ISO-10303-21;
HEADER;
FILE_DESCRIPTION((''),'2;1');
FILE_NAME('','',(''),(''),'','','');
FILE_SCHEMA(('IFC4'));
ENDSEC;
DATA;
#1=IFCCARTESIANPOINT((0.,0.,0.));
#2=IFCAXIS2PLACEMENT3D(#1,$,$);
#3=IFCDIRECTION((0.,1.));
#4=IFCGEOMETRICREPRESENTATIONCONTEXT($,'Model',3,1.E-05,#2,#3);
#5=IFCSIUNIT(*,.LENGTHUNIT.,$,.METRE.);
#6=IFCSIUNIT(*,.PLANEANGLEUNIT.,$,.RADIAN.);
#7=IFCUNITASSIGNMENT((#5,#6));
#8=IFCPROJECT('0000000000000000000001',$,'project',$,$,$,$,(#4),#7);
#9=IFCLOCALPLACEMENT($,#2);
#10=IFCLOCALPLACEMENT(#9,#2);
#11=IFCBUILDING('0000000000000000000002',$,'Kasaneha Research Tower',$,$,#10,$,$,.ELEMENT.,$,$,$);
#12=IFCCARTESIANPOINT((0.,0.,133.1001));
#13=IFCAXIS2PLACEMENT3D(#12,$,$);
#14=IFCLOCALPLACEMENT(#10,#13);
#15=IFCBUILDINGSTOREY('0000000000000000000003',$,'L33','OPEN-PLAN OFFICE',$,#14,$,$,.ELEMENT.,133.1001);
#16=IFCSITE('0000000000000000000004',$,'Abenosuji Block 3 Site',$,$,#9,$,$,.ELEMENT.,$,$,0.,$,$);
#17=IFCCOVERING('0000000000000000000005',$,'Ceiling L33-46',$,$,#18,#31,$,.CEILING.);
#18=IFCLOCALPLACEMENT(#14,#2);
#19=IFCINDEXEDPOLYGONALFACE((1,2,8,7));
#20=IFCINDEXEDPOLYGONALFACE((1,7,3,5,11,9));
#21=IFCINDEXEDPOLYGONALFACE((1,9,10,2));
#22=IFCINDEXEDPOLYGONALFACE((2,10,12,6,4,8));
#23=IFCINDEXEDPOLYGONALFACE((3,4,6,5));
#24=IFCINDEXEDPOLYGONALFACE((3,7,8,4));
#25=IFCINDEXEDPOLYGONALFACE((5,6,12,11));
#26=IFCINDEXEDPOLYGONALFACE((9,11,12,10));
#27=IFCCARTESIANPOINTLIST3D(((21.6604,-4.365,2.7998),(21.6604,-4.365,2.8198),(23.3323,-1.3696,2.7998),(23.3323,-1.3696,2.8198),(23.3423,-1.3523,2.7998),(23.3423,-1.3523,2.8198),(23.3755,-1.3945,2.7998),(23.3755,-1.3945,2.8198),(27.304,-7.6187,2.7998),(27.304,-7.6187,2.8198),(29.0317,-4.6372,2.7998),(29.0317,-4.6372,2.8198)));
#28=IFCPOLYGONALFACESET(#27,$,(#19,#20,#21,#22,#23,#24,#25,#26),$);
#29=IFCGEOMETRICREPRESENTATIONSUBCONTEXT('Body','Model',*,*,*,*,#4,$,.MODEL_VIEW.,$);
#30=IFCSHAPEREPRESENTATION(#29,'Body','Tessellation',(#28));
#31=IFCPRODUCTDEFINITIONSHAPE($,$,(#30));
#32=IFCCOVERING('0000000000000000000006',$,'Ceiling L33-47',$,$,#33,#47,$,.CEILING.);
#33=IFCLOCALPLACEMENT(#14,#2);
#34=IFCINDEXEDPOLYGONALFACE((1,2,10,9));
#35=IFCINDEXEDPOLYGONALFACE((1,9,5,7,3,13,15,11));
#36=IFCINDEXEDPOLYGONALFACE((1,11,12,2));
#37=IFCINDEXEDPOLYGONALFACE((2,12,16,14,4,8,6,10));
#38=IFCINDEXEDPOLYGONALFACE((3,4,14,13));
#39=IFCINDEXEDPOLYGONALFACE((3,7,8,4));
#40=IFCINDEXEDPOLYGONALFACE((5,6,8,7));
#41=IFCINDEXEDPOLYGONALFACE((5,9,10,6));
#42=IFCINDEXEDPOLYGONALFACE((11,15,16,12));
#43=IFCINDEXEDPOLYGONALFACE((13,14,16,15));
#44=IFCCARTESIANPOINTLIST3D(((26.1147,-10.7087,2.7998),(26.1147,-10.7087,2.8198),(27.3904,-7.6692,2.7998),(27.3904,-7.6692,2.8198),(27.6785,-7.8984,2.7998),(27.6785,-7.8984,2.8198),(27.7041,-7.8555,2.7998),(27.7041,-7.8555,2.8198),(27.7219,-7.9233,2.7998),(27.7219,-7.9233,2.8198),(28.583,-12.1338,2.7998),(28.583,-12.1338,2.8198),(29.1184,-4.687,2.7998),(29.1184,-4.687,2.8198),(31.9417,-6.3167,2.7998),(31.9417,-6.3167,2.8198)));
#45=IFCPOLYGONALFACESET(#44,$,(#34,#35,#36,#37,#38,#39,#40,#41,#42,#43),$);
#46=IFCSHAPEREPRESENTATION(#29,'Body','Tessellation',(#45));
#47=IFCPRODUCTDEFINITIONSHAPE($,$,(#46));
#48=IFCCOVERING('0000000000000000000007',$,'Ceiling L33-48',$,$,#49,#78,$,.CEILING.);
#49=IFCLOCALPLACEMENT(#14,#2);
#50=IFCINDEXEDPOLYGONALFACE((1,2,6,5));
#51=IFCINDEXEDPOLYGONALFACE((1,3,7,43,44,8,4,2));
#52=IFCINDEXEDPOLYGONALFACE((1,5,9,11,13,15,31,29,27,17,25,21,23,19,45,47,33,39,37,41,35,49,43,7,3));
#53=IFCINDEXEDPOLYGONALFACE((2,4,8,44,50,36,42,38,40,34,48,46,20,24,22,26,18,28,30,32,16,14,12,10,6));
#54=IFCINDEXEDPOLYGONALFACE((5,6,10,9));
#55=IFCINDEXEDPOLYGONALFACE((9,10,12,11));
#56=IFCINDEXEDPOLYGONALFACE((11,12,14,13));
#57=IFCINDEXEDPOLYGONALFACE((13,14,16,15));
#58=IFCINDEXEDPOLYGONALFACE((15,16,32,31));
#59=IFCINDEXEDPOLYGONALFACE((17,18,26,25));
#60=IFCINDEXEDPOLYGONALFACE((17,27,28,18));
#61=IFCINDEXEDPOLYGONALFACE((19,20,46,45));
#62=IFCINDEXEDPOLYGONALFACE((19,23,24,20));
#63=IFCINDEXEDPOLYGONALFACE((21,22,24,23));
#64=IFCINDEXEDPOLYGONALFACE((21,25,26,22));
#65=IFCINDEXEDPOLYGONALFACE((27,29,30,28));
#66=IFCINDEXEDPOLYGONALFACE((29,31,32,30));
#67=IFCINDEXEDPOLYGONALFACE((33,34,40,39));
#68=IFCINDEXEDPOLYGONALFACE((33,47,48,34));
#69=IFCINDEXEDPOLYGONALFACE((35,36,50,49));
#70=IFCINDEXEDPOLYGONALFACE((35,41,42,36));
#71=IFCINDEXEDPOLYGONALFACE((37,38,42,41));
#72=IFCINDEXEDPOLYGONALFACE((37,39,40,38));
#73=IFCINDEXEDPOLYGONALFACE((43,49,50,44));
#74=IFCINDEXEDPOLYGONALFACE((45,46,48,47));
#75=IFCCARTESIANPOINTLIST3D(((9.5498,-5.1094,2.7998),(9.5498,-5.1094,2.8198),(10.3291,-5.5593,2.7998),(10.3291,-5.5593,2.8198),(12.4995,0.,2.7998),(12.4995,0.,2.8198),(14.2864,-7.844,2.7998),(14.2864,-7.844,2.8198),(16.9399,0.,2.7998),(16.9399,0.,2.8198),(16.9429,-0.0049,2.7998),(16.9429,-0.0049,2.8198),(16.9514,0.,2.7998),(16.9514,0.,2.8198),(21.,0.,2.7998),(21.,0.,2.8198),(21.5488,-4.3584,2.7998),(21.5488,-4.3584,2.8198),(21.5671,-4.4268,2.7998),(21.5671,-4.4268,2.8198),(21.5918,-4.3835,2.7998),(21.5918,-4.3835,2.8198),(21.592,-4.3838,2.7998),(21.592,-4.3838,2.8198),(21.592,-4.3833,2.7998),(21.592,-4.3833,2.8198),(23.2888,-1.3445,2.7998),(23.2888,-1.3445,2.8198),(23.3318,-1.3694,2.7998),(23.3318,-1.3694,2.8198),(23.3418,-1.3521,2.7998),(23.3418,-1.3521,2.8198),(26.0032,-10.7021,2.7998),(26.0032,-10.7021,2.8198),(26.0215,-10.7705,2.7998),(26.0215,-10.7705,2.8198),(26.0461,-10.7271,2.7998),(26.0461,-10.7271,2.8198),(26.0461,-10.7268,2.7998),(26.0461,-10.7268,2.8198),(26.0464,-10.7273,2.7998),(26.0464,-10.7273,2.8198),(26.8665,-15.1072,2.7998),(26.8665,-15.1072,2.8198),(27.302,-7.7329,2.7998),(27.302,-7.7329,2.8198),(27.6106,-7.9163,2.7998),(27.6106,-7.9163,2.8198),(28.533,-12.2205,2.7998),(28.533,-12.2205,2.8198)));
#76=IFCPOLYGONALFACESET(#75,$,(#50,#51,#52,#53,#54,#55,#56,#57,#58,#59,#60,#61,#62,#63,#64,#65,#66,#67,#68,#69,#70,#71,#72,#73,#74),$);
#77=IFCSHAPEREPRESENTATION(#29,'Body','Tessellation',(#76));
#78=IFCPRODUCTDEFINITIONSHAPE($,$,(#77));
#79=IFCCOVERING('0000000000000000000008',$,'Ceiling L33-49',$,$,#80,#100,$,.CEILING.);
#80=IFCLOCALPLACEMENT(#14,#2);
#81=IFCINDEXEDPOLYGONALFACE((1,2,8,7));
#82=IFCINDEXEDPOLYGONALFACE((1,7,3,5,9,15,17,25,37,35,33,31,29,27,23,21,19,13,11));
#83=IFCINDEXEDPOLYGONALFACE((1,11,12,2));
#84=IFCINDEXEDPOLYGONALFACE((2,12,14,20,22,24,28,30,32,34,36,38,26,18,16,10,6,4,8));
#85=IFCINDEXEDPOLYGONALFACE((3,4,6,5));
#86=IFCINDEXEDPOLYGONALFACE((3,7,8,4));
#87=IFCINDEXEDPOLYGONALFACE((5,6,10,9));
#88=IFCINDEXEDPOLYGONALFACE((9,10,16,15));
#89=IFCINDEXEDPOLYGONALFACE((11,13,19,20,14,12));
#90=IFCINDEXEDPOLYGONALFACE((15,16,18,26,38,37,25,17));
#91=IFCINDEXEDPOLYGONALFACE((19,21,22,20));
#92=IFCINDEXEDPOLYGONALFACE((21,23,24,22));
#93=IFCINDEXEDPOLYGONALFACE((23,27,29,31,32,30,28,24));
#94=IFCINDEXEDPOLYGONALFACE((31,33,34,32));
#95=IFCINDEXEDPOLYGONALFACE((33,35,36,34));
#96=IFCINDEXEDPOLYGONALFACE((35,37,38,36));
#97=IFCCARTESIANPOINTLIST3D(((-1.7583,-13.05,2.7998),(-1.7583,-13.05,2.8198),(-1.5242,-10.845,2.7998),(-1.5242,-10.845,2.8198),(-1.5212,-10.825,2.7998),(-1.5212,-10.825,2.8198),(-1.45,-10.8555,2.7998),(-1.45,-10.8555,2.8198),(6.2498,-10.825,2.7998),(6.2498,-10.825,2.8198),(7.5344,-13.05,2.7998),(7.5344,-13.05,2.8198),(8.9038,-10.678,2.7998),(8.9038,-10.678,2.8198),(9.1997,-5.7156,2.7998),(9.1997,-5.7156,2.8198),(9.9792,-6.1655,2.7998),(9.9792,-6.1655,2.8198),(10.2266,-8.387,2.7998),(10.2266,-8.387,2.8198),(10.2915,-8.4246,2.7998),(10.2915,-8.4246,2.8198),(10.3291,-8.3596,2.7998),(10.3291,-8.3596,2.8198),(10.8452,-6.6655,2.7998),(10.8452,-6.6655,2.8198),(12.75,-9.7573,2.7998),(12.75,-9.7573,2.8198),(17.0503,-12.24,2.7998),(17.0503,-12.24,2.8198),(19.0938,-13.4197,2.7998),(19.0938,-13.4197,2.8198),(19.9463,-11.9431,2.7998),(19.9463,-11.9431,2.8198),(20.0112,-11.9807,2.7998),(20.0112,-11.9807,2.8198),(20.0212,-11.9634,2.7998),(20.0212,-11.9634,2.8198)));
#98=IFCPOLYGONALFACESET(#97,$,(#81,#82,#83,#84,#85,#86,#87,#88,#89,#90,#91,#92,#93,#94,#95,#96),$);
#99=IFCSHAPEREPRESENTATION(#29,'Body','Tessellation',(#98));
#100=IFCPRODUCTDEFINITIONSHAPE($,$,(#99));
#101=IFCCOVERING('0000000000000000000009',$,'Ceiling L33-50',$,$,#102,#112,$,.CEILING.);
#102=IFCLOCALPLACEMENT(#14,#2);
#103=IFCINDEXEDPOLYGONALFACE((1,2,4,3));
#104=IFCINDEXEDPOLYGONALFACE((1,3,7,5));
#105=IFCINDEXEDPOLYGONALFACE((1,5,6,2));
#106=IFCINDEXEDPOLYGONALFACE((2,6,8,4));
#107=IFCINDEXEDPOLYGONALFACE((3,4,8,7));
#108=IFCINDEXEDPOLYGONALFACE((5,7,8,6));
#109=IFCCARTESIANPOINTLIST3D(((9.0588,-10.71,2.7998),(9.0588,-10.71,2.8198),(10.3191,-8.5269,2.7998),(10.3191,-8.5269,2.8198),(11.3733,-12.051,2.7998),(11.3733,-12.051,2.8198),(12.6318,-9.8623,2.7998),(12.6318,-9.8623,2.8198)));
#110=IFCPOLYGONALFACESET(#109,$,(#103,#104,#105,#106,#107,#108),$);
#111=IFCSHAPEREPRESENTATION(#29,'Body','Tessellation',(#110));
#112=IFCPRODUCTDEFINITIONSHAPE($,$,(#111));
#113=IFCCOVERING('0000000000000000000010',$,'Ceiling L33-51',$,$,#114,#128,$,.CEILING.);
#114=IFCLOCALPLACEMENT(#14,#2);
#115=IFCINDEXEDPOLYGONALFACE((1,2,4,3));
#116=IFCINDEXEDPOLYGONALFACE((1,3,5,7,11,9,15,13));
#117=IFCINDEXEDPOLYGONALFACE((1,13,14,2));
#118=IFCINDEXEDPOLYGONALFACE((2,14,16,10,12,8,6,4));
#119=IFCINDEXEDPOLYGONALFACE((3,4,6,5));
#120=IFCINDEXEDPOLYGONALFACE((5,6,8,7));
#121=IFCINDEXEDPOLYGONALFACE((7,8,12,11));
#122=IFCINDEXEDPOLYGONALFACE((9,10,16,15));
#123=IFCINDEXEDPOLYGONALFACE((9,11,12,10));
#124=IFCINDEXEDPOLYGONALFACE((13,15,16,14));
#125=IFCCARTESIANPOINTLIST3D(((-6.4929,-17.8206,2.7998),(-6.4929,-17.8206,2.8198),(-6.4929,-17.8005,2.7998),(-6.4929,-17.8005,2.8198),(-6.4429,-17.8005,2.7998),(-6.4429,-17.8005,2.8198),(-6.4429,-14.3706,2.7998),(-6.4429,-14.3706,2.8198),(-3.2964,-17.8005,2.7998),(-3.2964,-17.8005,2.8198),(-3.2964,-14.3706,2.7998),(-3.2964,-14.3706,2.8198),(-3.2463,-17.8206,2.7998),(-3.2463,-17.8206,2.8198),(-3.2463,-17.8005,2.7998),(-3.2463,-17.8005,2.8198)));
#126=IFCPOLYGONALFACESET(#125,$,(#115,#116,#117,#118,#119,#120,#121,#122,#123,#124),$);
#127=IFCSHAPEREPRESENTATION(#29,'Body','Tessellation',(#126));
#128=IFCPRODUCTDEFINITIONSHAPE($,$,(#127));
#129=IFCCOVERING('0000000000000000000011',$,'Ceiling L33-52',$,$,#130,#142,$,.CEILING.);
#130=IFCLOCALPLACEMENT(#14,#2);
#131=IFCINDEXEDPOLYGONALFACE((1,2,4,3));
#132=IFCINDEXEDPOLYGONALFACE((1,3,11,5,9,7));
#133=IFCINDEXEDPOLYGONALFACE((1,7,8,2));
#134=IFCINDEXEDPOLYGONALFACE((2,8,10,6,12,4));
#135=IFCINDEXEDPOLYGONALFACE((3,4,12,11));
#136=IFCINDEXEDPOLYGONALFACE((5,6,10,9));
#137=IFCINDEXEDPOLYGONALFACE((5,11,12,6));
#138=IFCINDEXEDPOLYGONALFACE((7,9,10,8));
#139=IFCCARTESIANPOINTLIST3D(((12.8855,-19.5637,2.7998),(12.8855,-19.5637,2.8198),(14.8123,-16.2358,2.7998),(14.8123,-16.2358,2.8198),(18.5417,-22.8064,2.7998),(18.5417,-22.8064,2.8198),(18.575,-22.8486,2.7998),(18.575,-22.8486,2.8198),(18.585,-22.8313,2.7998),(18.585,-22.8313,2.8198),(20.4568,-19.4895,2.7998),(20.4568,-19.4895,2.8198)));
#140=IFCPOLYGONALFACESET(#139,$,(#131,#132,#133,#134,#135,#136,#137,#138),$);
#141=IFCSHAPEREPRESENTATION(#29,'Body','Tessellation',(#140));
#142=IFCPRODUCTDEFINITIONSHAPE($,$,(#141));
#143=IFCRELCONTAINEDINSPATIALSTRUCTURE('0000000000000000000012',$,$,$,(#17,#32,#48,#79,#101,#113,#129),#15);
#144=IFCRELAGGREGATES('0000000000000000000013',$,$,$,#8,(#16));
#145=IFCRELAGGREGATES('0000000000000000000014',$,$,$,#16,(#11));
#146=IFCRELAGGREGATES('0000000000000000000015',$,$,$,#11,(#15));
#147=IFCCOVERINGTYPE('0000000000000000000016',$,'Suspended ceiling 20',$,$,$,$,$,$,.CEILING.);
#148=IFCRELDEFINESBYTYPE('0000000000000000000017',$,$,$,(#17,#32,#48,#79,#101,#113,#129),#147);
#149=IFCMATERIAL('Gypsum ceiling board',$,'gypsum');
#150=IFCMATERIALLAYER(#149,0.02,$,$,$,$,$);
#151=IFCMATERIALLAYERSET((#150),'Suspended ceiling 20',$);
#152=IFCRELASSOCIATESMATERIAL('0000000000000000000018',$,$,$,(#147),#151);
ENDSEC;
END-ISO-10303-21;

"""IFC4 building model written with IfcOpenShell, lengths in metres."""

from ifc_helpers import new_model, si_unit, direction, frame, origin, place, context, subcontext, project, spatial, polyline, outline, extrude, material, layer, layer_set, type_object, element, save


model = new_model("IFC4")

# Units and contexts
model_context = context("Model", 3, precision=1e-05, world=origin(), true_north=direction((0.0, 1.0)))
body_context = subcontext(model_context, "Body", "Model", "MODEL_VIEW")
ifc_project = project(units=[si_unit("LENGTHUNIT", "METRE"), si_unit("PLANEANGLEUNIT", "RADIAN")], contexts=[model_context])

# Site, building, storey
site_placement = place(None, origin())
site = spatial("IfcSite", under=ifc_project, at=site_placement, Name="Abenosuji Block 3 Site", CompositionType="ELEMENT", RefElevation=0.0)
building_placement = place(site_placement, origin())
building = spatial("IfcBuilding", under=site, at=building_placement, Name="Kasaneha Research Tower", CompositionType="ELEMENT")
storey_placement = place(building_placement, frame((0.0, 0.0, 133.1001)))
storey = spatial("IfcBuildingStorey", under=building, at=storey_placement, Name="L33", Description="OPEN-PLAN OFFICE", CompositionType="ELEMENT", Elevation=133.1001)

# Coverings
ifc_material_1 = material(Name="Gypsum ceiling board", Category="gypsum")
ifc_layer_1 = layer(ifc_material_1, 0.02)
ifc_layer_set_1 = layer_set([ifc_layer_1], Name="Suspended ceiling 20")
covering_type_1 = type_object("IfcCoveringType", Name="Suspended ceiling 20", PredefinedType="CEILING", material=ifc_layer_set_1)
covering_1_placement = place(storey_placement, frame((0.0, 0.0, 2.7998)))
element("IfcCovering", 1, at=covering_1_placement, inside=storey, type_object=covering_type_1, Name="Ceiling L33-46", PredefinedType="CEILING", context=body_context, shape_type="SweptSolid", body=[
    extrude(outline(polyline([(29.0317, -4.6372), (27.304, -7.6187), (21.6604, -4.365), (23.3755, -1.3945), (23.3323, -1.3696), (23.3423, -1.3523), (29.0317, -4.6372)])), origin(), (0.0, 0.0, 1.0), 0.02),
])
covering_2_placement = place(storey_placement, frame((0.0, 0.0, 2.7998)))
element("IfcCovering", 2, at=covering_2_placement, inside=storey, type_object=covering_type_1, Name="Ceiling L33-47", PredefinedType="CEILING", context=body_context, shape_type="SweptSolid", body=[
    extrude(outline(polyline([(31.9417, -6.3167), (28.583, -12.1338), (26.1147, -10.7087), (27.7219, -7.9233), (27.6785, -7.8984), (27.7041, -7.8555), (27.3904, -7.6692), (29.1184, -4.687), (31.9417, -6.3167)])), origin(), (0.0, 0.0, 1.0), 0.02),
])
covering_3_placement = place(storey_placement, frame((0.0, 0.0, 2.7998)))
element("IfcCovering", 3, at=covering_3_placement, inside=storey, type_object=covering_type_1, Name="Ceiling L33-48", PredefinedType="CEILING", context=body_context, shape_type="SweptSolid", body=[
    extrude(outline(polyline([(9.5498, -5.1094), (12.4995, 0.0), (16.9399, 0.0), (16.9429, -0.0049), (16.9514, 0.0), (21.0, 0.0), (23.3418, -1.3521), (23.3318, -1.3694), (23.2888, -1.3445), (21.5488, -4.3584), (21.592, -4.3833), (21.5918, -4.3835), (21.592, -4.3838), (21.5671, -4.4268), (27.302, -7.7329), (27.302, -7.7329), (27.6106, -7.9163), (26.0032, -10.7021), (26.0461, -10.7268), (26.0461, -10.7271), (26.0464, -10.7273), (26.0215, -10.7705), (28.533, -12.2205), (26.8665, -15.1072), (14.2864, -7.844), (10.3291, -5.5593), (10.3291, -5.5593), (9.5498, -5.1094)])), origin(), (0.0, 0.0, 1.0), 0.02),
])
covering_4_placement = place(storey_placement, frame((0.0, 0.0, 2.7998)))
element("IfcCovering", 4, at=covering_4_placement, inside=storey, type_object=covering_type_1, Name="Ceiling L33-49", PredefinedType="CEILING", context=body_context, shape_type="SweptSolid", body=[
    extrude(outline(polyline([(10.2915, -8.4246), (10.2266, -8.387), (8.9038, -10.678), (8.9038, -10.678), (7.5344, -13.05), (-1.7583, -13.05), (-1.45, -10.8555), (-1.5242, -10.845), (-1.5212, -10.825), (6.2498, -10.825), (9.1997, -5.7156), (9.9792, -6.1655), (9.9792, -6.1655), (10.8452, -6.6655), (10.8452, -6.6655), (20.0212, -11.9634), (20.0112, -11.9807), (19.9463, -11.9431), (19.0938, -13.4197), (17.0503, -12.24), (17.0503, -12.24), (12.75, -9.7573), (12.75, -9.7573), (10.3291, -8.3596), (10.2915, -8.4246), (10.2915, -8.4246), (10.2915, -8.4246)])), origin(), (0.0, 0.0, 1.0), 0.02),
])
covering_5_placement = place(storey_placement, frame((0.0, 0.0, 2.7998)))
element("IfcCovering", 5, at=covering_5_placement, inside=storey, type_object=covering_type_1, Name="Ceiling L33-50", PredefinedType="CEILING", context=body_context, shape_type="SweptSolid", body=[
    extrude(outline(polyline([(10.3191, -8.5269), (12.6318, -9.8623), (11.3733, -12.051), (9.0588, -10.71), (10.3191, -8.5269)])), origin(), (0.0, 0.0, 1.0), 0.02),
])
covering_6_placement = place(storey_placement, frame((0.0, 0.0, 2.7998)))
element("IfcCovering", 6, at=covering_6_placement, inside=storey, type_object=covering_type_1, Name="Ceiling L33-51", PredefinedType="CEILING", context=body_context, shape_type="SweptSolid", body=[
    extrude(outline(polyline([(-6.4929, -17.8206), (-6.4929, -17.8005), (-6.4429, -17.8005), (-6.4429, -14.3706), (-3.2964, -14.3706), (-3.2964, -17.8005), (-3.2463, -17.8005), (-3.2463, -17.8206), (-6.4929, -17.8206)])), origin(), (0.0, 0.0, 1.0), 0.02),
])
covering_7_placement = place(storey_placement, frame((0.0, 0.0, 2.7998)))
element("IfcCovering", 7, at=covering_7_placement, inside=storey, type_object=covering_type_1, Name="Ceiling L33-52", PredefinedType="CEILING", context=body_context, shape_type="SweptSolid", body=[
    extrude(outline(polyline([(12.8855, -19.5637), (14.8123, -16.2358), (20.4568, -19.4895), (18.5417, -22.8064), (18.585, -22.8313), (18.575, -22.8486), (12.8855, -19.5637)])), origin(), (0.0, 0.0, 1.0), 0.02),
])

save(model, "model.ifc")
